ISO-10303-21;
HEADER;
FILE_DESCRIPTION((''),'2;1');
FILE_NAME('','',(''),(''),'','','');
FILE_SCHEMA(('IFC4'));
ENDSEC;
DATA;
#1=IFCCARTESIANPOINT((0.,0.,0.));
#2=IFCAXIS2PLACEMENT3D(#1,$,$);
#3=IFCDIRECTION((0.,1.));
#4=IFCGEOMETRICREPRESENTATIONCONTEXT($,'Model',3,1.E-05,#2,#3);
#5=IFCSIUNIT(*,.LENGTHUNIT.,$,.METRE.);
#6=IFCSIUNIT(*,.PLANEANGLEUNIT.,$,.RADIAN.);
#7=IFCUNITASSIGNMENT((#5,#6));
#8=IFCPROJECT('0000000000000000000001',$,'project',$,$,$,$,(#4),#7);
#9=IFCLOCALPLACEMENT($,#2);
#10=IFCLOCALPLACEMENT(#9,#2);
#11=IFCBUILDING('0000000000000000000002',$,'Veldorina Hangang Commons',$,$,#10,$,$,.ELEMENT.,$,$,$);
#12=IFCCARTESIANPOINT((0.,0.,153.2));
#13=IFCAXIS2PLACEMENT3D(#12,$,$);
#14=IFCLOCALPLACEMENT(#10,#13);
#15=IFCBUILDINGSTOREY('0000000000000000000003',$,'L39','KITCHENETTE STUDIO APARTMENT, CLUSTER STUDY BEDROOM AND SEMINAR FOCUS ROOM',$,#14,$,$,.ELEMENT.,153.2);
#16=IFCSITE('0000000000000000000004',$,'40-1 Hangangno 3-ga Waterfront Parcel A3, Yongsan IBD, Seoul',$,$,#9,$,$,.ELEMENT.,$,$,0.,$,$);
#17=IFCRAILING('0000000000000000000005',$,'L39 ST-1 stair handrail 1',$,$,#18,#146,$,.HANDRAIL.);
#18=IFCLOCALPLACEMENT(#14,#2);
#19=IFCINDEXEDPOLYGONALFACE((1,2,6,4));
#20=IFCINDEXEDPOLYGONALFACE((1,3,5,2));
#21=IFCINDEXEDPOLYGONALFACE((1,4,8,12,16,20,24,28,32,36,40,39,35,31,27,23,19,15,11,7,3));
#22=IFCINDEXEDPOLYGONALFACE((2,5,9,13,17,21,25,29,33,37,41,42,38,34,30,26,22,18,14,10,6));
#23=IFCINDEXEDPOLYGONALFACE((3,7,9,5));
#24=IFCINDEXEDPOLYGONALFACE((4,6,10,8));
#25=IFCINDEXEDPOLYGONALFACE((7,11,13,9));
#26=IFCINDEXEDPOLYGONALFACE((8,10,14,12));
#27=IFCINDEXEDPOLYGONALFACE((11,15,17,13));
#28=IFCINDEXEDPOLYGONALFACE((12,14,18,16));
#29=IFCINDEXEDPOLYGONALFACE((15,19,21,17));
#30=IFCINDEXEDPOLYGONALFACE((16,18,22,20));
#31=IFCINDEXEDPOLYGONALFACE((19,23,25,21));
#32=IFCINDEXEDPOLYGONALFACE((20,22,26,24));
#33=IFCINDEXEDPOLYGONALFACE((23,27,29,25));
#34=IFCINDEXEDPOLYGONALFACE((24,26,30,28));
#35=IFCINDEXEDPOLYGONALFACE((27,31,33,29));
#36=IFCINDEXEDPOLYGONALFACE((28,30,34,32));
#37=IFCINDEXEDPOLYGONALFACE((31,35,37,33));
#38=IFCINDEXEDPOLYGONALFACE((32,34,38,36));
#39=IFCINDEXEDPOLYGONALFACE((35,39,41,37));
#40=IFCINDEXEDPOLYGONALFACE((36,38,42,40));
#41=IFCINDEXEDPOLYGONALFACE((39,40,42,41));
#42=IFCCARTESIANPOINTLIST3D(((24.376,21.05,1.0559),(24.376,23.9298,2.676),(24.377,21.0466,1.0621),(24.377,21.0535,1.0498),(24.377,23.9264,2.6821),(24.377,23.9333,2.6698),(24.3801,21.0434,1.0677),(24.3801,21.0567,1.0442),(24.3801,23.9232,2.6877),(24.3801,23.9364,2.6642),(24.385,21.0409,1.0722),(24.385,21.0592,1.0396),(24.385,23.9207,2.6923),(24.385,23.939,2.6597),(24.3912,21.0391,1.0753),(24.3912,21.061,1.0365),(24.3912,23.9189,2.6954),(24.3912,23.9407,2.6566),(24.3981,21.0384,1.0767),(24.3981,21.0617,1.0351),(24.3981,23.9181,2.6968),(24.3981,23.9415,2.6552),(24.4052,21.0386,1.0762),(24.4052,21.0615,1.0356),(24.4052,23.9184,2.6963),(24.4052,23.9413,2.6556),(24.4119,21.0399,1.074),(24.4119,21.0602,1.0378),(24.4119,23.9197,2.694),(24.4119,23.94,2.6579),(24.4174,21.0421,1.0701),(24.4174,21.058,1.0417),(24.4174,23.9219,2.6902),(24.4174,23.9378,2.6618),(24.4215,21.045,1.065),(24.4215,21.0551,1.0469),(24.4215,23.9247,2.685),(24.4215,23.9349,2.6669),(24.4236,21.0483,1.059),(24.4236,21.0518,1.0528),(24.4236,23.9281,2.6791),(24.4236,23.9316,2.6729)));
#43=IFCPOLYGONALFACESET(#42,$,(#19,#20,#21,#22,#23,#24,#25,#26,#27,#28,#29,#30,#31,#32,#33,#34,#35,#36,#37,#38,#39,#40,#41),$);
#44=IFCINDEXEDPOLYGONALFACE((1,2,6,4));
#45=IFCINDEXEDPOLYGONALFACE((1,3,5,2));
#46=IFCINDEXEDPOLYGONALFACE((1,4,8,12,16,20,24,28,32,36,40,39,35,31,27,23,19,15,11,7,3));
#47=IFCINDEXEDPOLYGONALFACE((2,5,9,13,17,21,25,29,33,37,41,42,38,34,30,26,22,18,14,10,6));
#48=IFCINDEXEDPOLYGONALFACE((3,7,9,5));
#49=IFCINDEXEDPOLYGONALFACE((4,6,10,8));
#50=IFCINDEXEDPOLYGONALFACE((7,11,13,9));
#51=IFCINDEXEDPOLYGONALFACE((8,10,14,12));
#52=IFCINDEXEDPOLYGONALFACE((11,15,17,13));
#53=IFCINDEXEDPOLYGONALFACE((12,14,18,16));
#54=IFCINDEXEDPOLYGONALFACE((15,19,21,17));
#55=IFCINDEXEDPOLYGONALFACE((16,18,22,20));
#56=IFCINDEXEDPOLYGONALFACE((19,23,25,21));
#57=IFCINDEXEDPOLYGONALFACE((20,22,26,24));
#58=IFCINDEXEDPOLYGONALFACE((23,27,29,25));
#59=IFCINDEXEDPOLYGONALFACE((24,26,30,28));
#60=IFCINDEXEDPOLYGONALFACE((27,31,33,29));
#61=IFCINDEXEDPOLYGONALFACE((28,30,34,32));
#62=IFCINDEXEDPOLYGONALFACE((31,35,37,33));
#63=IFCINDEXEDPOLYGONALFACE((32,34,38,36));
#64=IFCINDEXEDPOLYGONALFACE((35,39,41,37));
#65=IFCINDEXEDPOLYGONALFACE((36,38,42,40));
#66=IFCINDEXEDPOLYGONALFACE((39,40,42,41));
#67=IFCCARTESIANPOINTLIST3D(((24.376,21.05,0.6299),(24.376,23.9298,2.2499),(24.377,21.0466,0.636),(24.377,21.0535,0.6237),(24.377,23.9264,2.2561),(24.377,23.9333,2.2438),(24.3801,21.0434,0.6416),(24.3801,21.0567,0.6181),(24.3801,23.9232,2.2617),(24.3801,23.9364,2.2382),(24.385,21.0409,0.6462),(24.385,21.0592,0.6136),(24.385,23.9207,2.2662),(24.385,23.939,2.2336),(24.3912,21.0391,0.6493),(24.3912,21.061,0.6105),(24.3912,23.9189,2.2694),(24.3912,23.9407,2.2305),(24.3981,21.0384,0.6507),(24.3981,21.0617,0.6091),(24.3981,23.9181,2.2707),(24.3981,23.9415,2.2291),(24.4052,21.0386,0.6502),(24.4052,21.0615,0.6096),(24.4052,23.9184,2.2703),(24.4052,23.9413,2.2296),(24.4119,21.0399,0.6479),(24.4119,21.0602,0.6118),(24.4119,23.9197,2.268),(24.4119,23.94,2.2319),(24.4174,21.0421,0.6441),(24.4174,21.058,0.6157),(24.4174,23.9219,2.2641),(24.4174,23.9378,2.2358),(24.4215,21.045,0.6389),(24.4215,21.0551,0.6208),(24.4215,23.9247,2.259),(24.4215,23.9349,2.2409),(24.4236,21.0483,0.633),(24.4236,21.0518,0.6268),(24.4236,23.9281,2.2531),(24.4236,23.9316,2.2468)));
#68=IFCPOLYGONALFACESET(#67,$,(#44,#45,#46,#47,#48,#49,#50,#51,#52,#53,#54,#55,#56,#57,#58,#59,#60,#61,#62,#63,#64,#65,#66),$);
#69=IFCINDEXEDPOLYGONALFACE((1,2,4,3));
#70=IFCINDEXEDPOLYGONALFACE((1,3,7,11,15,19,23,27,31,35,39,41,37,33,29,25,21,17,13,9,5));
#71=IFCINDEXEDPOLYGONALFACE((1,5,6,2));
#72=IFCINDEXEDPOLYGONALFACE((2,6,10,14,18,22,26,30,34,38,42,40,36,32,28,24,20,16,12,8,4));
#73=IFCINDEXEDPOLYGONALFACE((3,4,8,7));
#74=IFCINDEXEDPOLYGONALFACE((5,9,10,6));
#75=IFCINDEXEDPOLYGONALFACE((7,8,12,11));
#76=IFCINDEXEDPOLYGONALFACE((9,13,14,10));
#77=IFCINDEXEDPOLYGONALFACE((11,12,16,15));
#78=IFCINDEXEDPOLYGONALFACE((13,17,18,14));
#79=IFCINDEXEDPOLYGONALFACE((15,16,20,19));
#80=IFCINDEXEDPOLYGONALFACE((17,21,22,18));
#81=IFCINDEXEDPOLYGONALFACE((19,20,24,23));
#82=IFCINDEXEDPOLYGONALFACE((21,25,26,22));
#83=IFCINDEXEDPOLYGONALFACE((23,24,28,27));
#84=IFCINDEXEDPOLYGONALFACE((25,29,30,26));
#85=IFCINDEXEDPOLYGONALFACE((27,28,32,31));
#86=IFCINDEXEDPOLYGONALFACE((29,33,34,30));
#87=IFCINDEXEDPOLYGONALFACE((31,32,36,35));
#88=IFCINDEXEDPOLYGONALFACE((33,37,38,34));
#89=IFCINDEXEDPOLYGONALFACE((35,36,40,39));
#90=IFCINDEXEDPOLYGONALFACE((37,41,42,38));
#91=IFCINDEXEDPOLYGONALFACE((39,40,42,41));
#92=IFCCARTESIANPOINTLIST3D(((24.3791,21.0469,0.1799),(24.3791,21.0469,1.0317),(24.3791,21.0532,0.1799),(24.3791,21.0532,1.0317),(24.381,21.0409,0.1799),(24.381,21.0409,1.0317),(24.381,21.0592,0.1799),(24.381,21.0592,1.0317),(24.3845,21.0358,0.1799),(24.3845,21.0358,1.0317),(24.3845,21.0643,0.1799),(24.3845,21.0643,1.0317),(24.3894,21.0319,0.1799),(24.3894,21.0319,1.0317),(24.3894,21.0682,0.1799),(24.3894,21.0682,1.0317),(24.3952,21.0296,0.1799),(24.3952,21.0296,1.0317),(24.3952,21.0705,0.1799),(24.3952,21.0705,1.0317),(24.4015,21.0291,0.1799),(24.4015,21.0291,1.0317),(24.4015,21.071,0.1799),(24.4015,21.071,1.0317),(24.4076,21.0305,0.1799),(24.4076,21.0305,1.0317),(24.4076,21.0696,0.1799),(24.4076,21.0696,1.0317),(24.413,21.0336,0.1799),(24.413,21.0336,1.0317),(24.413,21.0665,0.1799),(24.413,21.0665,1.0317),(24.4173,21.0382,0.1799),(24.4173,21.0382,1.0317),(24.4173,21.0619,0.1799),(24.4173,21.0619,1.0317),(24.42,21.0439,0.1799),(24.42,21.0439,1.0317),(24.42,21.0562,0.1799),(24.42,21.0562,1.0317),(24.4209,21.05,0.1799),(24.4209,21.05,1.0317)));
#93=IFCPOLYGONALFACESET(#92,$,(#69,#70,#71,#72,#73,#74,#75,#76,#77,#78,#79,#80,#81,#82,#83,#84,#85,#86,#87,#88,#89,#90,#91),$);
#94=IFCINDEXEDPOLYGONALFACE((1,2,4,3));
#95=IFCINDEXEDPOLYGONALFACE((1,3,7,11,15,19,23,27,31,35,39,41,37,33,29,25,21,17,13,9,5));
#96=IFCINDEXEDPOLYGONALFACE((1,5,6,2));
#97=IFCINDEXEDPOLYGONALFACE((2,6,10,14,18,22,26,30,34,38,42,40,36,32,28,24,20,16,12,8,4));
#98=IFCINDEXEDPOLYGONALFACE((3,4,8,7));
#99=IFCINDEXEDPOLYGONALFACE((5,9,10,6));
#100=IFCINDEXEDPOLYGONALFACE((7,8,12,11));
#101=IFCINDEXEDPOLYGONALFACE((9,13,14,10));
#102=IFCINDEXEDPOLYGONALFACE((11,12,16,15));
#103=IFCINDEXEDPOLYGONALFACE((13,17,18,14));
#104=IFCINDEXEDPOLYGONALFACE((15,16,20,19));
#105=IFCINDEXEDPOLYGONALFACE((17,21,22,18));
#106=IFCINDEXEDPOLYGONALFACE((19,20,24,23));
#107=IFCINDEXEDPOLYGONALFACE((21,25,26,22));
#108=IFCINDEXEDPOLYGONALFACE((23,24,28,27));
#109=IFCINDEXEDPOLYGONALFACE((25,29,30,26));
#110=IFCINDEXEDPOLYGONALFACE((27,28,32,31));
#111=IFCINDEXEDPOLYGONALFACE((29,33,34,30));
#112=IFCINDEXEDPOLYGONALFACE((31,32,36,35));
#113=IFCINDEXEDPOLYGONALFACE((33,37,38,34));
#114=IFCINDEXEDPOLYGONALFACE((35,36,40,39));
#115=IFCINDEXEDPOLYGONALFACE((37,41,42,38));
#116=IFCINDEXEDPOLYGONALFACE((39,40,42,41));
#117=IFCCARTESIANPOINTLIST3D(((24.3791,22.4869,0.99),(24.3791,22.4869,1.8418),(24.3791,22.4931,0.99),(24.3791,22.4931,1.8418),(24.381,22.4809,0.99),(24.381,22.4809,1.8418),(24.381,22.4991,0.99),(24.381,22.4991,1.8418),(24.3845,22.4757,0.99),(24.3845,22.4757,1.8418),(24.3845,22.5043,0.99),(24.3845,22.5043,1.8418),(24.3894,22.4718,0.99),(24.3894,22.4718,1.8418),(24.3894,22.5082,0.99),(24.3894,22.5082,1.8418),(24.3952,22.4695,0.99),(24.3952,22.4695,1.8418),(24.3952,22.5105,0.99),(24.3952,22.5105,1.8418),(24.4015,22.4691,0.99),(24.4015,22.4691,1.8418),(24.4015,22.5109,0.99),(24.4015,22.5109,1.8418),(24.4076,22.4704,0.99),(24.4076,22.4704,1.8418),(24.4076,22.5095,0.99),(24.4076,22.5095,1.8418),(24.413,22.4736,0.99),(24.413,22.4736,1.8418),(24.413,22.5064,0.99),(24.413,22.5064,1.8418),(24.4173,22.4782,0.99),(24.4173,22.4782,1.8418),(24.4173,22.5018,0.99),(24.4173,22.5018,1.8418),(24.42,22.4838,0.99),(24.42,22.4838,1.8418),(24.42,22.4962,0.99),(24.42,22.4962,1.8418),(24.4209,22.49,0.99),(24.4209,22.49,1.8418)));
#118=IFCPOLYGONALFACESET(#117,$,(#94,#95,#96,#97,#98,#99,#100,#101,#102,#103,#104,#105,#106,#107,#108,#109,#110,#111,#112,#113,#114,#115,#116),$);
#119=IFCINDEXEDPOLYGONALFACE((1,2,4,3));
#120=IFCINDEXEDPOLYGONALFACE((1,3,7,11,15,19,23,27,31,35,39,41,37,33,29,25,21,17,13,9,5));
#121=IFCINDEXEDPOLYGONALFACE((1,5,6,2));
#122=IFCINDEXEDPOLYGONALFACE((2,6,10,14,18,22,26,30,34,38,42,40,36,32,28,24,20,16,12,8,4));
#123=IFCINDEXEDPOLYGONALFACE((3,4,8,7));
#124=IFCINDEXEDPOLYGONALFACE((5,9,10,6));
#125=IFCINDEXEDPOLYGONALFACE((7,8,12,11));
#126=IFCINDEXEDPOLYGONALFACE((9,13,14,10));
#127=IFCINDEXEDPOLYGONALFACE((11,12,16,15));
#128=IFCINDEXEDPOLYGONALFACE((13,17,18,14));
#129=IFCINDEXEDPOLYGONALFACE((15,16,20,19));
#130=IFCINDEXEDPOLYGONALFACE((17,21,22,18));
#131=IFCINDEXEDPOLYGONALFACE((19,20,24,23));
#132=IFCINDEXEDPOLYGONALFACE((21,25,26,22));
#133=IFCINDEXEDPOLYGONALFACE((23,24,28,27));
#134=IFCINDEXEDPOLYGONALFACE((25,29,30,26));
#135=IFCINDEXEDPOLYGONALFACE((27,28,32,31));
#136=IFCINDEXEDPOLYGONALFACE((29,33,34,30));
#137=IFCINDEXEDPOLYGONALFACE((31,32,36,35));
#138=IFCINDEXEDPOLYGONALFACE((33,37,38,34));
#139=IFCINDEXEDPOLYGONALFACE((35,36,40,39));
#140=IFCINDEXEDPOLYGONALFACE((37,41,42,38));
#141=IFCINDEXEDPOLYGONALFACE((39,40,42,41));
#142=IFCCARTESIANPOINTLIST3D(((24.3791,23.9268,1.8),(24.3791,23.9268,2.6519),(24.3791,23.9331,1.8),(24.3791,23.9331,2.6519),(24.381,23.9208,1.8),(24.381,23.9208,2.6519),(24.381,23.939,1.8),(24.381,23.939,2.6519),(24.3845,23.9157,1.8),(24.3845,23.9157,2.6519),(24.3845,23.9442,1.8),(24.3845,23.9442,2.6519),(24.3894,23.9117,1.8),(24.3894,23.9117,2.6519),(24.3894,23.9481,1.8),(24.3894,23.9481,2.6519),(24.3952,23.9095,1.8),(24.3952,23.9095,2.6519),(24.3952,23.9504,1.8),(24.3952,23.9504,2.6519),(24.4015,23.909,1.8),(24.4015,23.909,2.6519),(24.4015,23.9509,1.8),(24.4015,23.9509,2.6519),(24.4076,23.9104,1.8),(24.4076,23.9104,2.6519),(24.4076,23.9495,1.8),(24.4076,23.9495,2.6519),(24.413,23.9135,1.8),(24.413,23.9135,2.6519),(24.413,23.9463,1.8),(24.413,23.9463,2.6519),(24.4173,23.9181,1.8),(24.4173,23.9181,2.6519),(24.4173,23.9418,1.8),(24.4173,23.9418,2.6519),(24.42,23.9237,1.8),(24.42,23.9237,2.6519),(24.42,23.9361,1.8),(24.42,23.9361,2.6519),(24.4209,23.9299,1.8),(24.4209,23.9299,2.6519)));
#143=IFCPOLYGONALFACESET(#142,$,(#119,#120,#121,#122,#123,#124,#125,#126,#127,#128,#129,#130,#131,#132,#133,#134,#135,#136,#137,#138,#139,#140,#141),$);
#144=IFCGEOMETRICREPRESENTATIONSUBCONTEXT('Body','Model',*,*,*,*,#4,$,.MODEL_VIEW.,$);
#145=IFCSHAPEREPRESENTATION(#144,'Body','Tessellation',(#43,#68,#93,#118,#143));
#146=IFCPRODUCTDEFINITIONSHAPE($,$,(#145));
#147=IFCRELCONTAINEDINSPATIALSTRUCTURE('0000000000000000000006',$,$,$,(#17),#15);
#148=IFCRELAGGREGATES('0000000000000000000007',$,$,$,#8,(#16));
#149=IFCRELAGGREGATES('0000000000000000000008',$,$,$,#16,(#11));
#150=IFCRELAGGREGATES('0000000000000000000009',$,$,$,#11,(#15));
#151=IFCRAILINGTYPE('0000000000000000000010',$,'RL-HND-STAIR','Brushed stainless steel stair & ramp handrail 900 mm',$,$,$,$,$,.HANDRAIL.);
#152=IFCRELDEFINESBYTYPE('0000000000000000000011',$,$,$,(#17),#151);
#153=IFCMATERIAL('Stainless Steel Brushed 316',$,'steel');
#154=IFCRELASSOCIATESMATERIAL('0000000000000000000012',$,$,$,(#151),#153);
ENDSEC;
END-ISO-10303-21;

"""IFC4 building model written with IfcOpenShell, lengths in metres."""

from ifc_helpers import new_model, si_unit, direction, frame, origin, origin_2d, place, context, subcontext, project, spatial, circle, extrude, material, type_object, element, save


model = new_model("IFC4")

# Units and contexts
model_context = context("Model", 3, precision=1e-05, world=origin(), true_north=direction((0.0, 1.0)))
body_context = subcontext(model_context, "Body", "Model", "MODEL_VIEW")
ifc_project = project(units=[si_unit("LENGTHUNIT", "METRE"), si_unit("PLANEANGLEUNIT", "RADIAN")], contexts=[model_context])

# Site, building, storey
site_placement = place(None, origin())
site = spatial("IfcSite", under=ifc_project, at=site_placement, Name="40-1 Hangangno 3-ga Waterfront Parcel A3, Yongsan IBD, Seoul", CompositionType="ELEMENT", RefElevation=0.0)
building_placement = place(site_placement, origin())
building = spatial("IfcBuilding", under=site, at=building_placement, Name="Veldorina Hangang Commons", CompositionType="ELEMENT")
storey_placement = place(building_placement, frame((0.0, 0.0, 153.2)))
storey = spatial("IfcBuildingStorey", under=building, at=storey_placement, Name="L39", Description="KITCHENETTE STUDIO APARTMENT, CLUSTER STUDY BEDROOM AND SEMINAR FOCUS ROOM", CompositionType="ELEMENT", Elevation=153.2)

# Railing
ifc_material_1 = material(Name="Stainless Steel Brushed 316", Category="steel")
railing_type_1 = type_object("IfcRailingType", Name="RL-HND-STAIR", Description="Brushed stainless steel stair & ramp handrail 900 mm", PredefinedType="HANDRAIL", material=ifc_material_1)
railing_1_placement = place(storey_placement, frame((24.3999, 21.05, 0.1799)))
element("IfcRailing", 1, at=railing_1_placement, inside=storey, type_object=railing_type_1, Name="L39 ST-1 stair handrail 1", PredefinedType="HANDRAIL", context=body_context, shape_type="SweptSolid", body=[
    extrude(circle(Radius=0.0239, at=origin_2d()), frame((0.0, 0.0, 0.876), z_axis=(0.0, 0.871552, 0.490303), x_axis=(-1.0, 0.0, 0.0)), (0.0, 0.0, 1.0), 3.3042),
    extrude(circle(Radius=0.0239, at=origin_2d()), frame((0.0, 0.0, 0.45), z_axis=(0.0, 0.871552, 0.490303), x_axis=(-1.0, 0.0, 0.0)), (0.0, 0.0, 1.0), 3.3042),
    extrude(circle(Radius=0.021, at=origin_2d()), origin(), (0.0, 0.0, 1.0), 0.8518),
    extrude(circle(Radius=0.021, at=origin_2d()), frame((0.0, 1.4399, 0.8101)), (0.0, 0.0, 1.0), 0.8518),
    extrude(circle(Radius=0.021, at=origin_2d()), frame((0.0, 2.8799, 1.6201)), (0.0, 0.0, 1.0), 0.8518),
])

save(model, "model.ifc")
